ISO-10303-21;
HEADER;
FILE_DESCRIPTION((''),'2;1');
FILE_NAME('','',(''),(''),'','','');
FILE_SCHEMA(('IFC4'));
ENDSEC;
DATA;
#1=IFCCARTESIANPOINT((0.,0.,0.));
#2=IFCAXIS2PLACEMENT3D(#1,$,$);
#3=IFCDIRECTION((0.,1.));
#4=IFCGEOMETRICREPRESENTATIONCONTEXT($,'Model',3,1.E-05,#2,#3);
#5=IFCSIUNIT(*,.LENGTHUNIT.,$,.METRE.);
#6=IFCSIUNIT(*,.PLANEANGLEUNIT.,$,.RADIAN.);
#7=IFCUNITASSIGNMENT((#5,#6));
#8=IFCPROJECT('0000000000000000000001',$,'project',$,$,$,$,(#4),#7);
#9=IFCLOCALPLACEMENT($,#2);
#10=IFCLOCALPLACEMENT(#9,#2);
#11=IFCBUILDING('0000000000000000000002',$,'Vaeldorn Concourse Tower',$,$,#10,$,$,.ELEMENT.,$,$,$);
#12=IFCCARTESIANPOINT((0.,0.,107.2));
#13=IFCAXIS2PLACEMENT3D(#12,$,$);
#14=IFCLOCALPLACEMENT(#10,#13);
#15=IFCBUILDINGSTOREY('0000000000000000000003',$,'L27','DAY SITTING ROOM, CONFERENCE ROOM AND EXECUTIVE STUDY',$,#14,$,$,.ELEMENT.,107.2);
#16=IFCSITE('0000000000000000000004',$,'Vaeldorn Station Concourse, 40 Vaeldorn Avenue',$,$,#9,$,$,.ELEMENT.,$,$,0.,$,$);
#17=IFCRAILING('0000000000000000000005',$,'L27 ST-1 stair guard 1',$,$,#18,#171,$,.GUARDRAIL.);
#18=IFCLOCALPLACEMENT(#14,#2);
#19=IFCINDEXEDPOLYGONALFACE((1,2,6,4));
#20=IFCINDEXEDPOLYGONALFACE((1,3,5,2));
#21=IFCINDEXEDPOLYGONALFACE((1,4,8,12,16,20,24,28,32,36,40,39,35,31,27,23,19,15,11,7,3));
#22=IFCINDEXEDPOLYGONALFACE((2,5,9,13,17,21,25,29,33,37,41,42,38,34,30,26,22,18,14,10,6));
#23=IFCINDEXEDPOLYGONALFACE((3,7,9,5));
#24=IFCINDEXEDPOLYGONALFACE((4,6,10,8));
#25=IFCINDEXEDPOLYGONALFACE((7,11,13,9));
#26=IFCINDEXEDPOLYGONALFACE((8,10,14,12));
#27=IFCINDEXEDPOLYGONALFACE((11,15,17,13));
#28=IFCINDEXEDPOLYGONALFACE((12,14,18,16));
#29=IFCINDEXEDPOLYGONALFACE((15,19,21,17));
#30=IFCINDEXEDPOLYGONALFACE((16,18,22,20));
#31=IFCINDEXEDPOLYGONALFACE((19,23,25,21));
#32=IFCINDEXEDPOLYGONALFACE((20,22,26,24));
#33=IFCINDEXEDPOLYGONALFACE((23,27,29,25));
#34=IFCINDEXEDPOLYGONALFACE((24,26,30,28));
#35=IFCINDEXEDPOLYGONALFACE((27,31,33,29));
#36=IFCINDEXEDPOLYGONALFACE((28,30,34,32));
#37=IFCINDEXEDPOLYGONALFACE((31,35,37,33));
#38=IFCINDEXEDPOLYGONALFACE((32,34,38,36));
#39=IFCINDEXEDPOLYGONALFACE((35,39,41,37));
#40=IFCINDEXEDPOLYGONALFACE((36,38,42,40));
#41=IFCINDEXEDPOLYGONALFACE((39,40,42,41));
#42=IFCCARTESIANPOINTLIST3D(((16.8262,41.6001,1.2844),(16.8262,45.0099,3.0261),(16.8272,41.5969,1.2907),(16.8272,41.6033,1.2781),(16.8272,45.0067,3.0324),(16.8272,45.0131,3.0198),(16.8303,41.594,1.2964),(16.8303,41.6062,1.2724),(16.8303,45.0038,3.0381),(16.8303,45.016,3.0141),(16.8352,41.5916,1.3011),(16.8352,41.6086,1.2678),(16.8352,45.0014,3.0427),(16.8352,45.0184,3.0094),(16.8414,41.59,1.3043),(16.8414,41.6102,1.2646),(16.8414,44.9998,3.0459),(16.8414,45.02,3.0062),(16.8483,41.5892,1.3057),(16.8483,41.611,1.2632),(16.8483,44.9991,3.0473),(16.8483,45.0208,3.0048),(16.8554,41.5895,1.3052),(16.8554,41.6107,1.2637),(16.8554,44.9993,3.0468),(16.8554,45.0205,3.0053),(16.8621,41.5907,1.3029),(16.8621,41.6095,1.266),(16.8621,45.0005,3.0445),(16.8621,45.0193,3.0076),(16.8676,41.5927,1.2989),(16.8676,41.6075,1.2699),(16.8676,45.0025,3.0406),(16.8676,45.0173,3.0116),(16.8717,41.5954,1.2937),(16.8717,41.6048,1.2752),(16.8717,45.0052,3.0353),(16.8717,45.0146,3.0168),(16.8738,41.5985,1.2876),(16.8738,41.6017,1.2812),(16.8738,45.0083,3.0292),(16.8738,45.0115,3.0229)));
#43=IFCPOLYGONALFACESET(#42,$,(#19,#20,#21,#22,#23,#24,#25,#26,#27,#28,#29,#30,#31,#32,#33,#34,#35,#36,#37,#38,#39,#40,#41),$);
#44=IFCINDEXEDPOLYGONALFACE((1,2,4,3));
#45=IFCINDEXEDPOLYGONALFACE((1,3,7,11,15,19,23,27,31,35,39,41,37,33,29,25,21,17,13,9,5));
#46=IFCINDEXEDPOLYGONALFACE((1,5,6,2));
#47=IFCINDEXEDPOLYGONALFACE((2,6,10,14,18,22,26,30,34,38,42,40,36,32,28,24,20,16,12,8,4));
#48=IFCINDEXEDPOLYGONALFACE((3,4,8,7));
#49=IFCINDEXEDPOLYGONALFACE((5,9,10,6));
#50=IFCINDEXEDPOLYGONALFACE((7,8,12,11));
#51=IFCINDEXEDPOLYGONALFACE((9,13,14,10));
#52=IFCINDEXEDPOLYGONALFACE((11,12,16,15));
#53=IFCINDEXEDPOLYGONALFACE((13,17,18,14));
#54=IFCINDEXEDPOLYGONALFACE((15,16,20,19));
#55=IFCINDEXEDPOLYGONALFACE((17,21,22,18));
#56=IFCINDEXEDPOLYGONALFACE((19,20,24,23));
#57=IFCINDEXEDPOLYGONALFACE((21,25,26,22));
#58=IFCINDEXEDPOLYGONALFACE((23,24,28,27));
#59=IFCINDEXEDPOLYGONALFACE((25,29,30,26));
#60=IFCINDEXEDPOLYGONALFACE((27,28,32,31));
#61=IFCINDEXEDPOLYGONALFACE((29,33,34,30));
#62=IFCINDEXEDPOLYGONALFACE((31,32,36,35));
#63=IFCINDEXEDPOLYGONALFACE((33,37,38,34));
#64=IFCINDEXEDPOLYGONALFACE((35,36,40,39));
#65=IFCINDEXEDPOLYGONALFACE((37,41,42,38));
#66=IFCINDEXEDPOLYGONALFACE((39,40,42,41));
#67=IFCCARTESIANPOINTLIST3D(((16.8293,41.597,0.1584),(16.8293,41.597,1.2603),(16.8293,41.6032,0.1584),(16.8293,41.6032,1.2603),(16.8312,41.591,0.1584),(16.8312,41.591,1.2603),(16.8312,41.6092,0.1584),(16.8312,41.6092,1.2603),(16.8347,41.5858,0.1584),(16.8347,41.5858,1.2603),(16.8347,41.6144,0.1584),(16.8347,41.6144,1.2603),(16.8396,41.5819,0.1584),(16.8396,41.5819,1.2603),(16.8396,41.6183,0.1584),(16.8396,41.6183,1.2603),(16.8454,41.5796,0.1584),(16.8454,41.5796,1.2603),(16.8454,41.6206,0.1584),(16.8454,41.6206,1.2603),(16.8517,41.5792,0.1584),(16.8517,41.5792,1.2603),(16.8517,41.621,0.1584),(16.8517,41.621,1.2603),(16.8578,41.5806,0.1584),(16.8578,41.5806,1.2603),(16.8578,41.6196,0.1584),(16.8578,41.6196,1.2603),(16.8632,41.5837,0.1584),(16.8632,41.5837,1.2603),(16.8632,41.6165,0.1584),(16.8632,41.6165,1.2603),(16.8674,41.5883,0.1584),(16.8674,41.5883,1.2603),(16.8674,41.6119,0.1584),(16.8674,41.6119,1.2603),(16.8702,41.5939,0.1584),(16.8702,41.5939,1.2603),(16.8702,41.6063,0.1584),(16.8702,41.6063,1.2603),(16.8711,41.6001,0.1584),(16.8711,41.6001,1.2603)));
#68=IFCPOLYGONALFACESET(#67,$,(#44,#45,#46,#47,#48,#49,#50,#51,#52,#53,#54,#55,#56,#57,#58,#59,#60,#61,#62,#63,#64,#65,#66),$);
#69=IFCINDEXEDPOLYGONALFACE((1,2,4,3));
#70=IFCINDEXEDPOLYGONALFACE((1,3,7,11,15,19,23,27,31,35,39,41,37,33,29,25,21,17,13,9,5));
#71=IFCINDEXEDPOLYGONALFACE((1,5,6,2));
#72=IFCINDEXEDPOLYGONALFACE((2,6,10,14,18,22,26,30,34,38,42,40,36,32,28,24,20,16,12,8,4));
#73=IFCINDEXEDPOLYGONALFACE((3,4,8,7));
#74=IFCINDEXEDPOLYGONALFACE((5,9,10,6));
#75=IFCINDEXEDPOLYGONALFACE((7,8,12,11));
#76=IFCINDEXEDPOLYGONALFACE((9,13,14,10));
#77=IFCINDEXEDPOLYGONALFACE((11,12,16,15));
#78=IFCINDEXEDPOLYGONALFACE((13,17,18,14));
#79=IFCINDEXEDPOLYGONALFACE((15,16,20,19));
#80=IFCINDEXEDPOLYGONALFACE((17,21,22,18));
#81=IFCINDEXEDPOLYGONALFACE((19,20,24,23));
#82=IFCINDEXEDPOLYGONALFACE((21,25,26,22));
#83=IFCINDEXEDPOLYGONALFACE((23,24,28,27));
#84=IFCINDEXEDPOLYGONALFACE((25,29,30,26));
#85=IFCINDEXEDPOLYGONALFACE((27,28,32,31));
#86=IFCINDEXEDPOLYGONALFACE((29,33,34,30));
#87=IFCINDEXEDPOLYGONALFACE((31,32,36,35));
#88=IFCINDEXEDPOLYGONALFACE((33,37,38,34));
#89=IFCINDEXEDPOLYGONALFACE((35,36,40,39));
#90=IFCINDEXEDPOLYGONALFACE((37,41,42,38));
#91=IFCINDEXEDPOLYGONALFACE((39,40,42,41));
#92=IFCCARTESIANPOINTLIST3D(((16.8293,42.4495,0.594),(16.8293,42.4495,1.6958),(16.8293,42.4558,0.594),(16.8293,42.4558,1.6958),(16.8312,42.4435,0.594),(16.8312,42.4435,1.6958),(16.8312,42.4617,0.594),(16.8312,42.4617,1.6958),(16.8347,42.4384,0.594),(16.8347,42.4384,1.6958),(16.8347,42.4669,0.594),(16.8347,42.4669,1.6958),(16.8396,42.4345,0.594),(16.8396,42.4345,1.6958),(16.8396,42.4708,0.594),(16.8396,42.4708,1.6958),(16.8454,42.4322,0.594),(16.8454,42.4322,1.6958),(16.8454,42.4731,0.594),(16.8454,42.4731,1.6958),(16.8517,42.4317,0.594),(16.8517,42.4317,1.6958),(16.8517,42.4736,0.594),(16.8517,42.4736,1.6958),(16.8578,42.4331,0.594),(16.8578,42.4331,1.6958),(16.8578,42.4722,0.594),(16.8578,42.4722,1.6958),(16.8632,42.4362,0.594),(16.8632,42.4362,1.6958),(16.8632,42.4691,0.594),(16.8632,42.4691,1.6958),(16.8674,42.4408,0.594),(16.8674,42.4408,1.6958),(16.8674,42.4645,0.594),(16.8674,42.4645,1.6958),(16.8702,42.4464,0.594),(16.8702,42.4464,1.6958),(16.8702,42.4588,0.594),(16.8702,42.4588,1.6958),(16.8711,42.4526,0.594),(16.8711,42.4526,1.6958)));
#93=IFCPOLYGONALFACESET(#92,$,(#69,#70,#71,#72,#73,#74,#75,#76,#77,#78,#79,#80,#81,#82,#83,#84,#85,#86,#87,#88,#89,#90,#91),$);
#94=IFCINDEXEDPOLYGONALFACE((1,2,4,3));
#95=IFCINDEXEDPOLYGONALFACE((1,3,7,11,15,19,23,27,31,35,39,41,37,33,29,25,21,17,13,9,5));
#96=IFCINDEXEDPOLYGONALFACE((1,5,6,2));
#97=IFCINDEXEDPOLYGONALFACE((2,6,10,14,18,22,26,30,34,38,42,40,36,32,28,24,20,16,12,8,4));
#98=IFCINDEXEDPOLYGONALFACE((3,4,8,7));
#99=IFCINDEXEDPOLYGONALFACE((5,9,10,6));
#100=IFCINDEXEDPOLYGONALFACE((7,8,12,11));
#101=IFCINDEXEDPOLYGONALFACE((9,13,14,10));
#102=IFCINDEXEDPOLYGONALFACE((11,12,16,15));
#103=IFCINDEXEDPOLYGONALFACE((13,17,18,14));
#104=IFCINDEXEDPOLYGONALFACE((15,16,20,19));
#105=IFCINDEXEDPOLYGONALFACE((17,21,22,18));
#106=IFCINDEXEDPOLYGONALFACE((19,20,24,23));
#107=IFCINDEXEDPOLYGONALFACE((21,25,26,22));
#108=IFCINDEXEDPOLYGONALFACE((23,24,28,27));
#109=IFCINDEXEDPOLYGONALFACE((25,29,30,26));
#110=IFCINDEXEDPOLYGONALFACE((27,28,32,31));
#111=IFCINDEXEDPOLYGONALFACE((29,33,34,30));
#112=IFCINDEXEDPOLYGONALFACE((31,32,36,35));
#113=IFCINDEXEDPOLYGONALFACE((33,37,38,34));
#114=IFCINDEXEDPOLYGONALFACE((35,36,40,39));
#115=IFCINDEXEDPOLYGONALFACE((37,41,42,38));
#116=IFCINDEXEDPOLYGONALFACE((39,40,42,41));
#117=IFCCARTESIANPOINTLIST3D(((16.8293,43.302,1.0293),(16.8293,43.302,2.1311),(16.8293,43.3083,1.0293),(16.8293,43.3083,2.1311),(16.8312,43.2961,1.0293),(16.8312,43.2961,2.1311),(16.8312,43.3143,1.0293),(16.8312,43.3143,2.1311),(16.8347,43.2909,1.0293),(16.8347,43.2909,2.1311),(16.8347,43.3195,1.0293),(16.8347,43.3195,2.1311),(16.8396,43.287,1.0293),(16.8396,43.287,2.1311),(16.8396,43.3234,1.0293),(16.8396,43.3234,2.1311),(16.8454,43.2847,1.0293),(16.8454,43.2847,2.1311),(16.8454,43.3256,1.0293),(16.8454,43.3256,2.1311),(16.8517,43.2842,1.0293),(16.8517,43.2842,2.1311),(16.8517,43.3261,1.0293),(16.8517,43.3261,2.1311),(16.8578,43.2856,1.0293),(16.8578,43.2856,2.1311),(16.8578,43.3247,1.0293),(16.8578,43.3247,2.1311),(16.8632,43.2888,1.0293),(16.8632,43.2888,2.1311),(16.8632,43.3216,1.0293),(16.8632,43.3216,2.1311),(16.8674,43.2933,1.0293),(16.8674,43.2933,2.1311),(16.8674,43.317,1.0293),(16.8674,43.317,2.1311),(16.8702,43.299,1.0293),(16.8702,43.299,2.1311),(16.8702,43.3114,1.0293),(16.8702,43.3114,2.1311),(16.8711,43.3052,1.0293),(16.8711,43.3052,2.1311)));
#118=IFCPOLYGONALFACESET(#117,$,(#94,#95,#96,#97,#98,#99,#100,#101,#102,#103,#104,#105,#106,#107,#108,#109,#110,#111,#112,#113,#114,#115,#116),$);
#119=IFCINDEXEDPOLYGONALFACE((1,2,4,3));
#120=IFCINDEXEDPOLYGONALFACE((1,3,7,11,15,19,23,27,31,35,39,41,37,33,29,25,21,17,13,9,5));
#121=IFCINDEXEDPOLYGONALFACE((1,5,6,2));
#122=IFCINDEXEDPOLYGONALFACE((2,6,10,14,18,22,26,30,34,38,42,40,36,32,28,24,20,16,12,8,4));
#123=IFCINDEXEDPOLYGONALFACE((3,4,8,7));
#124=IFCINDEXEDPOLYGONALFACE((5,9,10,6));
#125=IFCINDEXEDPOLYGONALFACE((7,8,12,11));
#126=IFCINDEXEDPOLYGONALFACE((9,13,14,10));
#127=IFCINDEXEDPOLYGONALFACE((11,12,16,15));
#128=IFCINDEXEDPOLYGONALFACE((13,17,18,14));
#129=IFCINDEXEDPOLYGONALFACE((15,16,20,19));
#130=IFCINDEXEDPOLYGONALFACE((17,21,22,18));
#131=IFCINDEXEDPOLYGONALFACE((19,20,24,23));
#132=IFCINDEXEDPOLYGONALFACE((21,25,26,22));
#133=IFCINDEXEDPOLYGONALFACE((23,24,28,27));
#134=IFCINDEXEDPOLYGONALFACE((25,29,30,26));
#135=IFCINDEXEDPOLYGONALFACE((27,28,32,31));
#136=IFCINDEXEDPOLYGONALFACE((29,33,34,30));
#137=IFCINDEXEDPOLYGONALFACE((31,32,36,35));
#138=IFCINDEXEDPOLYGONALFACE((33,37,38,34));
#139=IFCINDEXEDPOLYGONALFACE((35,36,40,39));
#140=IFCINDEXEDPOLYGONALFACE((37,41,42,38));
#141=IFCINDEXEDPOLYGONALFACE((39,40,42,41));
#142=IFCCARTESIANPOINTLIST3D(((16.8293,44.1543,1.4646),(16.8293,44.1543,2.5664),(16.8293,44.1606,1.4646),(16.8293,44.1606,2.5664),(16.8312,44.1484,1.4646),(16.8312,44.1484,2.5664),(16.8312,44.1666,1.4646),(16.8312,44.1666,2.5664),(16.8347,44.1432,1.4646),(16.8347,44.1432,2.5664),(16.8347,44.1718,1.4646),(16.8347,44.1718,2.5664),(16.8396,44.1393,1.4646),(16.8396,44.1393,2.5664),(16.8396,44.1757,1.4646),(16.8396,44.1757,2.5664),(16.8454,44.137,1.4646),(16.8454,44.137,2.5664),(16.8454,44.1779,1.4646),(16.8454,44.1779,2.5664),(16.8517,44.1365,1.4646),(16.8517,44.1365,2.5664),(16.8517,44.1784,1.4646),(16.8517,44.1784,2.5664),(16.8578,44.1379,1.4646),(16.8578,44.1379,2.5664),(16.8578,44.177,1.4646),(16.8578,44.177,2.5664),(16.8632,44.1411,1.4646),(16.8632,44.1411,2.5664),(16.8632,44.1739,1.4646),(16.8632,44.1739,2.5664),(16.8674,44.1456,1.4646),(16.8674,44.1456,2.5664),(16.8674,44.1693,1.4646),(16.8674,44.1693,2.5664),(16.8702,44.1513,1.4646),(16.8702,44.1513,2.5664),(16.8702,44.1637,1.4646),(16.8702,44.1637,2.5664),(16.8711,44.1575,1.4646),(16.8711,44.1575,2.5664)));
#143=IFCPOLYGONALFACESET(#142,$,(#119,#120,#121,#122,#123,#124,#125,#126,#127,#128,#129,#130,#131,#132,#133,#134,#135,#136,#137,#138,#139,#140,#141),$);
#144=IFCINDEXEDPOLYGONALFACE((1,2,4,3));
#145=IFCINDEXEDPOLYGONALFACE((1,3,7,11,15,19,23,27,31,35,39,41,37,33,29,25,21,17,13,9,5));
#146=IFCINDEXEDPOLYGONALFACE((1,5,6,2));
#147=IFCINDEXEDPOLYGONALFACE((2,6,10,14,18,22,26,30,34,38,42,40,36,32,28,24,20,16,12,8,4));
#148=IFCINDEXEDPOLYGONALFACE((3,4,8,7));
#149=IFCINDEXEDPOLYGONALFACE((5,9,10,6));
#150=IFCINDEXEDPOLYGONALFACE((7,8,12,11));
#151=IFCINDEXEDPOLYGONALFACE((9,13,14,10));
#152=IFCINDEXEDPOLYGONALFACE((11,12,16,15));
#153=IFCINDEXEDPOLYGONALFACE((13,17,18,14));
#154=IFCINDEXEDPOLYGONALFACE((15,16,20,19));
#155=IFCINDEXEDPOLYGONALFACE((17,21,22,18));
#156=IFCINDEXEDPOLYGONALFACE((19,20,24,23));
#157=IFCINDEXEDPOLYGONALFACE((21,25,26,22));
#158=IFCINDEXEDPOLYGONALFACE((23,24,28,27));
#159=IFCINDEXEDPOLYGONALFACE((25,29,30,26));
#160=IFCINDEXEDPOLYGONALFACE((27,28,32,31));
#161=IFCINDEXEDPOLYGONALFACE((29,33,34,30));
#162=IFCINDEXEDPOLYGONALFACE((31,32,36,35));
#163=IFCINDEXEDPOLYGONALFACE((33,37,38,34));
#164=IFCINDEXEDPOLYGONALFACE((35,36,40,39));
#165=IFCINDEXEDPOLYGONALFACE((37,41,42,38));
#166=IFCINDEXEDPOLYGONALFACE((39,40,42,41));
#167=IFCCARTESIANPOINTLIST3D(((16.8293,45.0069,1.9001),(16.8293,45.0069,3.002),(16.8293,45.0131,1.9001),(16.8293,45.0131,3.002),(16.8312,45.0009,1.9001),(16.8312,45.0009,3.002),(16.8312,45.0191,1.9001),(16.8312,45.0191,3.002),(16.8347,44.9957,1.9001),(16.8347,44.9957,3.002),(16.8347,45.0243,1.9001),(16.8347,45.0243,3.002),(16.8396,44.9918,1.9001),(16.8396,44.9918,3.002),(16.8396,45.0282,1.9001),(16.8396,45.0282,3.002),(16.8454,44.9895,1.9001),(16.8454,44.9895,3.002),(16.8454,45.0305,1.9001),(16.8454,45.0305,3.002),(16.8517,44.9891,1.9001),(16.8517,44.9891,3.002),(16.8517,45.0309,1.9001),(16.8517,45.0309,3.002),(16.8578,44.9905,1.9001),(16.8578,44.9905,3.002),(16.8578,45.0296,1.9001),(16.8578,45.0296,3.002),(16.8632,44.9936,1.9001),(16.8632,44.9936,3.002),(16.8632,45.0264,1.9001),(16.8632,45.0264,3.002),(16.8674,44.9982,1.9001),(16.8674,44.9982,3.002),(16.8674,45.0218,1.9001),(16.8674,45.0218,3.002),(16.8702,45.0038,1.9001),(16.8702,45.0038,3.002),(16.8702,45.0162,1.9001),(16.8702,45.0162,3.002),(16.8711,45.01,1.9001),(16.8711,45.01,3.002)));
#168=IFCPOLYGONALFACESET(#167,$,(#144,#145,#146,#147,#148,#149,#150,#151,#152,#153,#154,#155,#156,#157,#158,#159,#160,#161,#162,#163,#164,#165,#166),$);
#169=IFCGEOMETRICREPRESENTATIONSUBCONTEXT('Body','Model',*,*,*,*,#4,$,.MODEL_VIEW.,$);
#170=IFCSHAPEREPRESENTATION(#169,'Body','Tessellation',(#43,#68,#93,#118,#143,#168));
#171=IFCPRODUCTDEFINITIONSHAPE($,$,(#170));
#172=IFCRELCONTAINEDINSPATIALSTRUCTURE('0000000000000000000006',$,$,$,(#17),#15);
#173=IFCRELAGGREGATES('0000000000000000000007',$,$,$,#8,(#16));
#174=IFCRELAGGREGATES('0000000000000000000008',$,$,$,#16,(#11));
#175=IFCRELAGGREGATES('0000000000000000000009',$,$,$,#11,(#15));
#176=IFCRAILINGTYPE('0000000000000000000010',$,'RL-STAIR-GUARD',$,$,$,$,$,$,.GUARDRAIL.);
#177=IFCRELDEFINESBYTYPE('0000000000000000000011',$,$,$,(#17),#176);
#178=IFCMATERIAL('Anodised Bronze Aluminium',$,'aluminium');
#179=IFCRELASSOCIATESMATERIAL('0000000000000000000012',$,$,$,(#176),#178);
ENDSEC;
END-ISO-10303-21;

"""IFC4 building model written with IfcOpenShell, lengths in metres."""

from ifc_helpers import new_model, si_unit, direction, frame, origin, origin_2d, place, context, subcontext, project, spatial, circle, extrude, material, type_object, element, save


model = new_model("IFC4")

# Units and contexts
model_context = context("Model", 3, precision=1e-05, world=origin(), true_north=direction((0.0, 1.0)))
body_context = subcontext(model_context, "Body", "Model", "MODEL_VIEW")
ifc_project = project(units=[si_unit("LENGTHUNIT", "METRE"), si_unit("PLANEANGLEUNIT", "RADIAN")], contexts=[model_context])

# Site, building, storey
site_placement = place(None, origin())
site = spatial("IfcSite", under=ifc_project, at=site_placement, Name="Vaeldorn Station Concourse, 40 Vaeldorn Avenue", CompositionType="ELEMENT", RefElevation=0.0)
building_placement = place(site_placement, origin())
building = spatial("IfcBuilding", under=site, at=building_placement, Name="Vaeldorn Concourse Tower", CompositionType="ELEMENT")
storey_placement = place(building_placement, frame((0.0, 0.0, 107.2)))
storey = spatial("IfcBuildingStorey", under=building, at=storey_placement, Name="L27", Description="DAY SITTING ROOM, CONFERENCE ROOM AND EXECUTIVE STUDY", CompositionType="ELEMENT", Elevation=107.2)

# Shared definitions
ifc_material_1 = material(Name="Anodised Bronze Aluminium", Category="aluminium")

# Railing
railing_type_1 = type_object("IfcRailingType", Name="RL-STAIR-GUARD", PredefinedType="GUARDRAIL", material=ifc_material_1)
railing_1_placement = place(storey_placement, frame((16.8501, 41.6001, 0.1584)))
element("IfcRailing", 1, at=railing_1_placement, inside=storey, type_object=railing_type_1, Name="L27 ST-1 stair guard 1", PredefinedType="GUARDRAIL", context=body_context, shape_type="SweptSolid", body=[
    extrude(circle(Radius=0.0239, at=origin_2d()), frame((0.0, 0.0, 1.126), z_axis=(0.0, 0.890556, 0.454874), x_axis=(-1.0, 0.0, 0.0)), (0.0, 0.0, 1.0), 3.8289),
    extrude(circle(Radius=0.021, at=origin_2d()), origin(), (0.0, 0.0, 1.0), 1.1018),
    extrude(circle(Radius=0.021, at=origin_2d()), frame((0.0, 0.8525, 0.4355)), (0.0, 0.0, 1.0), 1.1018),
    extrude(circle(Radius=0.021, at=origin_2d()), frame((0.0, 1.7051, 0.8708)), (0.0, 0.0, 1.0), 1.1018),
    extrude(circle(Radius=0.021, at=origin_2d()), frame((0.0, 2.5574, 1.3062)), (0.0, 0.0, 1.0), 1.1018),
    extrude(circle(Radius=0.021, at=origin_2d()), frame((0.0, 3.4099, 1.7417)), (0.0, 0.0, 1.0), 1.1018),
])

save(model, "model.ifc")
